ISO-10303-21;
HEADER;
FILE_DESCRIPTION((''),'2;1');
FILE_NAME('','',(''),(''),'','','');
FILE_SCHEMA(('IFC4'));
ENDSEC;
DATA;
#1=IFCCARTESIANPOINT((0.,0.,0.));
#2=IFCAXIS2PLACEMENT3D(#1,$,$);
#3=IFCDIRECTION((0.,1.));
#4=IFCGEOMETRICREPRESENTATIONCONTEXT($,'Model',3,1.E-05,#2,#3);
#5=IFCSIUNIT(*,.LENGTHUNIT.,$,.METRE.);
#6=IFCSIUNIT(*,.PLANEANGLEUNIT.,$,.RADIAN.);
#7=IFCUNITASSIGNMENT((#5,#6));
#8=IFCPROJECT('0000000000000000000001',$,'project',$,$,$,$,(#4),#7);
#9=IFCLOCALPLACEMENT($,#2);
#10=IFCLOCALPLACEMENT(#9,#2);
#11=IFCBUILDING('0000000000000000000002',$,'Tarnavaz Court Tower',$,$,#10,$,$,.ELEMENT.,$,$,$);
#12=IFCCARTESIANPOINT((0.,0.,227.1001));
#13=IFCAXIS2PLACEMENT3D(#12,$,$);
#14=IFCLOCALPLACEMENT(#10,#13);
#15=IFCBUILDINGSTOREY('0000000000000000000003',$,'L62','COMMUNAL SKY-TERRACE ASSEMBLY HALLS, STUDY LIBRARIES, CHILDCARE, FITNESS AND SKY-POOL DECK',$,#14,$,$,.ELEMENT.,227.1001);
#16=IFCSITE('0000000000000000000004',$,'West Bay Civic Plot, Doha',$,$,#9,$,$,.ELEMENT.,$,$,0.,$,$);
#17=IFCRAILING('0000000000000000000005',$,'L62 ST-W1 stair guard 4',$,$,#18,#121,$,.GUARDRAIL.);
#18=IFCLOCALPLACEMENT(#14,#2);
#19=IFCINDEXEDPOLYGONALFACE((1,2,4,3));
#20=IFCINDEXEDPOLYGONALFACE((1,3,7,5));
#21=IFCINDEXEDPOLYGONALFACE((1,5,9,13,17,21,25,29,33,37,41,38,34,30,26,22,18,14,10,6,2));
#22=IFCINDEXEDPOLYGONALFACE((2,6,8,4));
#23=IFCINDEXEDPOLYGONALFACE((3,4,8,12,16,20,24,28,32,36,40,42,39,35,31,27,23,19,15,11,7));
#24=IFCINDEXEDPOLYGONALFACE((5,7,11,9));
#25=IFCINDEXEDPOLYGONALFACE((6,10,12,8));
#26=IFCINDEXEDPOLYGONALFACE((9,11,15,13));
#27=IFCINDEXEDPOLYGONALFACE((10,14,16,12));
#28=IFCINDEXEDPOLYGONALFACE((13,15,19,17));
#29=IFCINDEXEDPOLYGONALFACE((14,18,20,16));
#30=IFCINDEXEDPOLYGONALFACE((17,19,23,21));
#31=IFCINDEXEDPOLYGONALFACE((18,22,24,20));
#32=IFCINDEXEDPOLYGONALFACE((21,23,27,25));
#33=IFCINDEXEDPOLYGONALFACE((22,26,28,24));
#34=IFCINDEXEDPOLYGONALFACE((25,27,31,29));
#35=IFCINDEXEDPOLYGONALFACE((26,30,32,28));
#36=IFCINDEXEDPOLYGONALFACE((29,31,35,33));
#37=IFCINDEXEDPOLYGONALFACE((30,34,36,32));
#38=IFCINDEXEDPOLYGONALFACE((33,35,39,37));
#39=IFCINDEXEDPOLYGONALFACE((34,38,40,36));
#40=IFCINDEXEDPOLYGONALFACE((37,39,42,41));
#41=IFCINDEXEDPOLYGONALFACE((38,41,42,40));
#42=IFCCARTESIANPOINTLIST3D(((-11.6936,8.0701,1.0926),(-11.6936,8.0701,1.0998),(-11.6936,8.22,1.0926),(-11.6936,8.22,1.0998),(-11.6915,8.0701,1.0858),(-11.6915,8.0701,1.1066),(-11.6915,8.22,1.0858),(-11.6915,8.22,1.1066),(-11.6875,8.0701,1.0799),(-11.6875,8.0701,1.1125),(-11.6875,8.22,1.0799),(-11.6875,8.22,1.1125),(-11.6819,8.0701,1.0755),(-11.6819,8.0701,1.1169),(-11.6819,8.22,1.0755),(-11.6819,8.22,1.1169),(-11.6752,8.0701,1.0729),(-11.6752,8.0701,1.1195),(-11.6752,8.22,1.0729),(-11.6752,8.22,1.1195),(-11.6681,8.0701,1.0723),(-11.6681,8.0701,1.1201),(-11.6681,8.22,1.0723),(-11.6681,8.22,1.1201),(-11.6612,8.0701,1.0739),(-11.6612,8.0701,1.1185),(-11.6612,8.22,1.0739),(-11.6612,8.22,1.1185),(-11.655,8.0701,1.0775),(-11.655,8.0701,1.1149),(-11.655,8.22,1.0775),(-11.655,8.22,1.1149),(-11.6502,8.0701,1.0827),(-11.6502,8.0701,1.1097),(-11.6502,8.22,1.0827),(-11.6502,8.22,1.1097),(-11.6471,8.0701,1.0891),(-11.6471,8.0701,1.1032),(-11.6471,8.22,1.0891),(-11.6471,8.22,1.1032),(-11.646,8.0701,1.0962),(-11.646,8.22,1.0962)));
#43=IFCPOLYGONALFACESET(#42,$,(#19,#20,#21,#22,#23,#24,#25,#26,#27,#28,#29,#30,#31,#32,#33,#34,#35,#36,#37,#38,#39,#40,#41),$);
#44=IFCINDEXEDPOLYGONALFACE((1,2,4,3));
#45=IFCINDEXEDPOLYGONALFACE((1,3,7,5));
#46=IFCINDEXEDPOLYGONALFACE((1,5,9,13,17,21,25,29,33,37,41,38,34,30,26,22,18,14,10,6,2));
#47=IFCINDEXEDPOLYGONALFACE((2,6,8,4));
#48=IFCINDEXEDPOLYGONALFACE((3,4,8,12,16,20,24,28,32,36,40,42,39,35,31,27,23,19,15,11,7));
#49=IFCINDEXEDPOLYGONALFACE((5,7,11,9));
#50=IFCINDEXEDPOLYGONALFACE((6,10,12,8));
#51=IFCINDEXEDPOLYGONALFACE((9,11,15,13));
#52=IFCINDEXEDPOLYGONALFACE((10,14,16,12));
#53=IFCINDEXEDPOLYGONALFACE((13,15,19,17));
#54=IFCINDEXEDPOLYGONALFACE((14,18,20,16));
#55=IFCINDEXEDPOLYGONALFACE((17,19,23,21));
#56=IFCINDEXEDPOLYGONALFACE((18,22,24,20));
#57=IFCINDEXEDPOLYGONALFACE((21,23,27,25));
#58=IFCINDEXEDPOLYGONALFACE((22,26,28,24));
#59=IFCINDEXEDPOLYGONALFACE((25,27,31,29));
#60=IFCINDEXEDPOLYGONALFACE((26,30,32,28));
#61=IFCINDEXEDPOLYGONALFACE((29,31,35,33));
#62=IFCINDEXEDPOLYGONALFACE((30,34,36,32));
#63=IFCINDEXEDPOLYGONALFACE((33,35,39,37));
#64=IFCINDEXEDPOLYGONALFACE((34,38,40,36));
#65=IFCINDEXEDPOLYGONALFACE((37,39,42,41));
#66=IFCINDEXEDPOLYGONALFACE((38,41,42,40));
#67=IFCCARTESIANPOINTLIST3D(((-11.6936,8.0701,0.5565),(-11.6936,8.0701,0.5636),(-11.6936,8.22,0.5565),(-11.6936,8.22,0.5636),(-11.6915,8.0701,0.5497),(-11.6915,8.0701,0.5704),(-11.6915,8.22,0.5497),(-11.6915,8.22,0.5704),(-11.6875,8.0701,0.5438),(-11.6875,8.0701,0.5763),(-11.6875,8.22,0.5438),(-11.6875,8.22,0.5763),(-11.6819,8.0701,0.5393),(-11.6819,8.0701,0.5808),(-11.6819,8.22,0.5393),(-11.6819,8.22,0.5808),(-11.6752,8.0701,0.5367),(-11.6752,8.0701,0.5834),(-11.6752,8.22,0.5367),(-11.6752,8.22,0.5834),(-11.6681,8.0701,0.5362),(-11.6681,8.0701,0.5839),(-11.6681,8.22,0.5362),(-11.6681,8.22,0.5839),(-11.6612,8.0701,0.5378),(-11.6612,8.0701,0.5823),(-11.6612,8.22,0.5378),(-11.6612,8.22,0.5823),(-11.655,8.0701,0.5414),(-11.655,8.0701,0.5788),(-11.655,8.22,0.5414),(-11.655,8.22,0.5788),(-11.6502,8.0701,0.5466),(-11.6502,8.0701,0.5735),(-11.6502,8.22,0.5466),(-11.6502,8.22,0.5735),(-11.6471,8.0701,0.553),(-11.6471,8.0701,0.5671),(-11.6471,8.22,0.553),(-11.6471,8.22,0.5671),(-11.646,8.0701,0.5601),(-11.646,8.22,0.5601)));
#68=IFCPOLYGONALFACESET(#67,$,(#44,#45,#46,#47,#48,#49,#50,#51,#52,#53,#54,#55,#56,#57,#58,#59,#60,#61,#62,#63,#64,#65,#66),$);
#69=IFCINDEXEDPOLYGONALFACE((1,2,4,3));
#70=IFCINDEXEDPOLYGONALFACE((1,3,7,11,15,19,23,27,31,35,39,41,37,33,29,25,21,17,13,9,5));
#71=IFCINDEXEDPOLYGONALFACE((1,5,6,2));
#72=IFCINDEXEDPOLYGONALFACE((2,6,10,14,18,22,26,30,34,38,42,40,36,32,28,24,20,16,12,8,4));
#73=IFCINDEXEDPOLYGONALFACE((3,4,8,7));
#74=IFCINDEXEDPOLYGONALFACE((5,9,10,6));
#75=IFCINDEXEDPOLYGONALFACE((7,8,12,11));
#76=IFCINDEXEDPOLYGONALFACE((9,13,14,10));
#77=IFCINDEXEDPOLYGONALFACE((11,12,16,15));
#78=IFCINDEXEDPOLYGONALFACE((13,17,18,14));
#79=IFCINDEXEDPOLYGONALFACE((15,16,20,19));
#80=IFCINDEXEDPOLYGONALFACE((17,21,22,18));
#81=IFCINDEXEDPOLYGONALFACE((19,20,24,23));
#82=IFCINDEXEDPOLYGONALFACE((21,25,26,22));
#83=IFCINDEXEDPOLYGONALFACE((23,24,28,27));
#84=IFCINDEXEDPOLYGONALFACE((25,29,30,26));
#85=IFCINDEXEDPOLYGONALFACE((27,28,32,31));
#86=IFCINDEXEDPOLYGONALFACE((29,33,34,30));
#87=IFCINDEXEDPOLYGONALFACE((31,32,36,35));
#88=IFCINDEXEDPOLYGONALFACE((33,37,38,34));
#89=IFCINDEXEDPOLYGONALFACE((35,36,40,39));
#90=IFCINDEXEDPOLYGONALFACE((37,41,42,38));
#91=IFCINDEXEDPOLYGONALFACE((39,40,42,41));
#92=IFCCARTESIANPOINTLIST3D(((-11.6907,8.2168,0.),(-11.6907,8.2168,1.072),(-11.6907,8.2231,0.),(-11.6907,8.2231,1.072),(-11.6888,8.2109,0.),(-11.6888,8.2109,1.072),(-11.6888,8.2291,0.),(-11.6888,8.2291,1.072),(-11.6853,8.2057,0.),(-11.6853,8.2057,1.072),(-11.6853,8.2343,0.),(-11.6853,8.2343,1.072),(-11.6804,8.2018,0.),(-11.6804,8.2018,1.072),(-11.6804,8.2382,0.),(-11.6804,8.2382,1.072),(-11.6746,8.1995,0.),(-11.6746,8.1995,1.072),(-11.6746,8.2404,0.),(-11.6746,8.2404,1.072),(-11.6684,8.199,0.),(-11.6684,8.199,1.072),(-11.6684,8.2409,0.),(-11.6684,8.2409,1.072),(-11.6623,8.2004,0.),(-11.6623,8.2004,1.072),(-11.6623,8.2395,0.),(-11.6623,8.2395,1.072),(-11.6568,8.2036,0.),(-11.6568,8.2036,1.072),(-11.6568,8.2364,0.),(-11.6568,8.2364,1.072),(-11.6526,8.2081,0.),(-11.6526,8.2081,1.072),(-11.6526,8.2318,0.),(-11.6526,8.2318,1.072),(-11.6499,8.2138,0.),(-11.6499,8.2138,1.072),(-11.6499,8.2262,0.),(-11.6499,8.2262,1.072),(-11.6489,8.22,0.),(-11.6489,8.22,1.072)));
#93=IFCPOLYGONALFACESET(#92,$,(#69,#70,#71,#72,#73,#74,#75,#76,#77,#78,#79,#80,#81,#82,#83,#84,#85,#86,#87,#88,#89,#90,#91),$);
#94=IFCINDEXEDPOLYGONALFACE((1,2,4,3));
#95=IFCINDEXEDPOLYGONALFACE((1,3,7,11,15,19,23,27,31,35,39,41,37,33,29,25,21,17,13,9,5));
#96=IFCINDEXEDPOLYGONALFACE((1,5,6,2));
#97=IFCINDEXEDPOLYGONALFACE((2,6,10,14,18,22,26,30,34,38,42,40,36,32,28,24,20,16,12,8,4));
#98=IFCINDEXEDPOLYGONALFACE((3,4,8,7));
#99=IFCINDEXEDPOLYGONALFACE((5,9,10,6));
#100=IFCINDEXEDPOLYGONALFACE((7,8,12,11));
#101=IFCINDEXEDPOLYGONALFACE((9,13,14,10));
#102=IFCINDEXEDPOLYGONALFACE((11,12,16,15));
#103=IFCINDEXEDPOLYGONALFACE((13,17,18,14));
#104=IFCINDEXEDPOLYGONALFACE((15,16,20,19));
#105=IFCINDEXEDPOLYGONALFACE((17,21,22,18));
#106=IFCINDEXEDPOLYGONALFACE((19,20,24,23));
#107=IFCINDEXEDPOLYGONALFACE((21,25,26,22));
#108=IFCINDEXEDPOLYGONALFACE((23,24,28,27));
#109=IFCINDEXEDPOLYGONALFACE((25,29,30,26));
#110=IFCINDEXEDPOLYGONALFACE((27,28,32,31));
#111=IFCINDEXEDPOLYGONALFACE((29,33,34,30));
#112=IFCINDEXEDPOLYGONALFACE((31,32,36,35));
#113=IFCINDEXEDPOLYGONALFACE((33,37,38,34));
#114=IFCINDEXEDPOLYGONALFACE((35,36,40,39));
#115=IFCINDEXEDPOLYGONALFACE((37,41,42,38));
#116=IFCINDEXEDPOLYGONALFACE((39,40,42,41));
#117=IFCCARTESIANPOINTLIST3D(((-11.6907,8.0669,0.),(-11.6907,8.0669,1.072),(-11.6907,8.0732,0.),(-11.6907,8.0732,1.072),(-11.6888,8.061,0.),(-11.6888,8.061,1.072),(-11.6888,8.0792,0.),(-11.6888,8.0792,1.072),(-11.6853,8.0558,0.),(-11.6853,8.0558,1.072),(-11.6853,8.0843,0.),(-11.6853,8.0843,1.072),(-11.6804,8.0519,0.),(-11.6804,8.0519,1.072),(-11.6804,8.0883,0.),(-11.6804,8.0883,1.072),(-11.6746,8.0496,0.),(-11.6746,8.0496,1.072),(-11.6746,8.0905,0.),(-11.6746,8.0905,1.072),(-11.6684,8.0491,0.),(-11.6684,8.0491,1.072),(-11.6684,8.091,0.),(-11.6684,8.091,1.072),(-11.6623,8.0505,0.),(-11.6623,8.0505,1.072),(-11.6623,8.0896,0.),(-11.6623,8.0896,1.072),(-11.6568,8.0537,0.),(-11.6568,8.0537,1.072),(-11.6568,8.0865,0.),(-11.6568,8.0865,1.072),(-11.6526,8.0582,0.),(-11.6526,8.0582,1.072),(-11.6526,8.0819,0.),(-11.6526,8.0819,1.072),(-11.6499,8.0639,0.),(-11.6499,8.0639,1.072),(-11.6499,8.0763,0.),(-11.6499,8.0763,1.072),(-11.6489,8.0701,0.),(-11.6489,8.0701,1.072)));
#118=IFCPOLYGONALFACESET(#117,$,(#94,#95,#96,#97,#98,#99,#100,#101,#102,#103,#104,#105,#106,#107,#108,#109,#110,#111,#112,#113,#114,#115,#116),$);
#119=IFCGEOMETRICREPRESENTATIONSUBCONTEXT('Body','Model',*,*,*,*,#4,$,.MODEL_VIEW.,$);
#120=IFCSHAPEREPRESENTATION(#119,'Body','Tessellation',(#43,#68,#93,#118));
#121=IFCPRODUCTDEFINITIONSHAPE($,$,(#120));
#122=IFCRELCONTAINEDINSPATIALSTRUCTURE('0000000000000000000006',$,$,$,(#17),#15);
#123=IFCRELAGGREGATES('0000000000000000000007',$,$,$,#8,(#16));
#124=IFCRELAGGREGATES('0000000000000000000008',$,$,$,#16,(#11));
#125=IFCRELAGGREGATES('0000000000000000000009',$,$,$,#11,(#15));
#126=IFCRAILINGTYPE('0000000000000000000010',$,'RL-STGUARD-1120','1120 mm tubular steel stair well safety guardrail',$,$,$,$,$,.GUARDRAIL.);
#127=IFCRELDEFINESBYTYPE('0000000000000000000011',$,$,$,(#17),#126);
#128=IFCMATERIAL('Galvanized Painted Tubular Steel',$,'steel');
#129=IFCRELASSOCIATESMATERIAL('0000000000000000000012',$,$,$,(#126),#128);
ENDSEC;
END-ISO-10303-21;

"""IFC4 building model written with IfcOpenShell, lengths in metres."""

from ifc_helpers import new_model, si_unit, direction, frame, origin, origin_2d, place, context, subcontext, project, spatial, circle, extrude, material, type_object, element, save


model = new_model("IFC4")

# Units and contexts
model_context = context("Model", 3, precision=1e-05, world=origin(), true_north=direction((0.0, 1.0)))
body_context = subcontext(model_context, "Body", "Model", "MODEL_VIEW")
ifc_project = project(units=[si_unit("LENGTHUNIT", "METRE"), si_unit("PLANEANGLEUNIT", "RADIAN")], contexts=[model_context])

# Site, building, storey
site_placement = place(None, origin())
site = spatial("IfcSite", under=ifc_project, at=site_placement, Name="West Bay Civic Plot, Doha", CompositionType="ELEMENT", RefElevation=0.0)
building_placement = place(site_placement, origin())
building = spatial("IfcBuilding", under=site, at=building_placement, Name="Tarnavaz Court Tower", CompositionType="ELEMENT")
storey_placement = place(building_placement, frame((0.0, 0.0, 227.1001)))
storey = spatial("IfcBuildingStorey", under=building, at=storey_placement, Name="L62", Description="COMMUNAL SKY-TERRACE ASSEMBLY HALLS, STUDY LIBRARIES, CHILDCARE, FITNESS AND SKY-POOL DECK", CompositionType="ELEMENT", Elevation=227.1001)

# Railing
ifc_material_1 = material(Name="Galvanized Painted Tubular Steel", Category="steel")
railing_type_1 = type_object("IfcRailingType", Name="RL-STGUARD-1120", Description="1120 mm tubular steel stair well safety guardrail", PredefinedType="GUARDRAIL", material=ifc_material_1)
railing_1_placement = place(storey_placement, frame((-11.6699, 8.22, 0.0)))
element("IfcRailing", 1, at=railing_1_placement, inside=storey, type_object=railing_type_1, Name="L62 ST-W1 stair guard 4", PredefinedType="GUARDRAIL", context=body_context, shape_type="SweptSolid", body=[
    extrude(circle(Radius=0.0239, at=origin_2d()), frame((0.0, 0.0, 1.0962), z_axis=(0.0, -1.0, 0.0), x_axis=(1.0, 0.0, 0.0)), (0.0, 0.0, 1.0), 0.1499),
    extrude(circle(Radius=0.0239, at=origin_2d()), frame((0.0, 0.0, 0.5601), z_axis=(0.0, -1.0, 0.0), x_axis=(1.0, 0.0, 0.0)), (0.0, 0.0, 1.0), 0.1499),
    extrude(circle(Radius=0.021, at=origin_2d()), origin(), (0.0, 0.0, 1.0), 1.072),
    extrude(circle(Radius=0.021, at=origin_2d()), frame((0.0, -0.1499, 0.0)), (0.0, 0.0, 1.0), 1.072),
])

save(model, "model.ifc")
